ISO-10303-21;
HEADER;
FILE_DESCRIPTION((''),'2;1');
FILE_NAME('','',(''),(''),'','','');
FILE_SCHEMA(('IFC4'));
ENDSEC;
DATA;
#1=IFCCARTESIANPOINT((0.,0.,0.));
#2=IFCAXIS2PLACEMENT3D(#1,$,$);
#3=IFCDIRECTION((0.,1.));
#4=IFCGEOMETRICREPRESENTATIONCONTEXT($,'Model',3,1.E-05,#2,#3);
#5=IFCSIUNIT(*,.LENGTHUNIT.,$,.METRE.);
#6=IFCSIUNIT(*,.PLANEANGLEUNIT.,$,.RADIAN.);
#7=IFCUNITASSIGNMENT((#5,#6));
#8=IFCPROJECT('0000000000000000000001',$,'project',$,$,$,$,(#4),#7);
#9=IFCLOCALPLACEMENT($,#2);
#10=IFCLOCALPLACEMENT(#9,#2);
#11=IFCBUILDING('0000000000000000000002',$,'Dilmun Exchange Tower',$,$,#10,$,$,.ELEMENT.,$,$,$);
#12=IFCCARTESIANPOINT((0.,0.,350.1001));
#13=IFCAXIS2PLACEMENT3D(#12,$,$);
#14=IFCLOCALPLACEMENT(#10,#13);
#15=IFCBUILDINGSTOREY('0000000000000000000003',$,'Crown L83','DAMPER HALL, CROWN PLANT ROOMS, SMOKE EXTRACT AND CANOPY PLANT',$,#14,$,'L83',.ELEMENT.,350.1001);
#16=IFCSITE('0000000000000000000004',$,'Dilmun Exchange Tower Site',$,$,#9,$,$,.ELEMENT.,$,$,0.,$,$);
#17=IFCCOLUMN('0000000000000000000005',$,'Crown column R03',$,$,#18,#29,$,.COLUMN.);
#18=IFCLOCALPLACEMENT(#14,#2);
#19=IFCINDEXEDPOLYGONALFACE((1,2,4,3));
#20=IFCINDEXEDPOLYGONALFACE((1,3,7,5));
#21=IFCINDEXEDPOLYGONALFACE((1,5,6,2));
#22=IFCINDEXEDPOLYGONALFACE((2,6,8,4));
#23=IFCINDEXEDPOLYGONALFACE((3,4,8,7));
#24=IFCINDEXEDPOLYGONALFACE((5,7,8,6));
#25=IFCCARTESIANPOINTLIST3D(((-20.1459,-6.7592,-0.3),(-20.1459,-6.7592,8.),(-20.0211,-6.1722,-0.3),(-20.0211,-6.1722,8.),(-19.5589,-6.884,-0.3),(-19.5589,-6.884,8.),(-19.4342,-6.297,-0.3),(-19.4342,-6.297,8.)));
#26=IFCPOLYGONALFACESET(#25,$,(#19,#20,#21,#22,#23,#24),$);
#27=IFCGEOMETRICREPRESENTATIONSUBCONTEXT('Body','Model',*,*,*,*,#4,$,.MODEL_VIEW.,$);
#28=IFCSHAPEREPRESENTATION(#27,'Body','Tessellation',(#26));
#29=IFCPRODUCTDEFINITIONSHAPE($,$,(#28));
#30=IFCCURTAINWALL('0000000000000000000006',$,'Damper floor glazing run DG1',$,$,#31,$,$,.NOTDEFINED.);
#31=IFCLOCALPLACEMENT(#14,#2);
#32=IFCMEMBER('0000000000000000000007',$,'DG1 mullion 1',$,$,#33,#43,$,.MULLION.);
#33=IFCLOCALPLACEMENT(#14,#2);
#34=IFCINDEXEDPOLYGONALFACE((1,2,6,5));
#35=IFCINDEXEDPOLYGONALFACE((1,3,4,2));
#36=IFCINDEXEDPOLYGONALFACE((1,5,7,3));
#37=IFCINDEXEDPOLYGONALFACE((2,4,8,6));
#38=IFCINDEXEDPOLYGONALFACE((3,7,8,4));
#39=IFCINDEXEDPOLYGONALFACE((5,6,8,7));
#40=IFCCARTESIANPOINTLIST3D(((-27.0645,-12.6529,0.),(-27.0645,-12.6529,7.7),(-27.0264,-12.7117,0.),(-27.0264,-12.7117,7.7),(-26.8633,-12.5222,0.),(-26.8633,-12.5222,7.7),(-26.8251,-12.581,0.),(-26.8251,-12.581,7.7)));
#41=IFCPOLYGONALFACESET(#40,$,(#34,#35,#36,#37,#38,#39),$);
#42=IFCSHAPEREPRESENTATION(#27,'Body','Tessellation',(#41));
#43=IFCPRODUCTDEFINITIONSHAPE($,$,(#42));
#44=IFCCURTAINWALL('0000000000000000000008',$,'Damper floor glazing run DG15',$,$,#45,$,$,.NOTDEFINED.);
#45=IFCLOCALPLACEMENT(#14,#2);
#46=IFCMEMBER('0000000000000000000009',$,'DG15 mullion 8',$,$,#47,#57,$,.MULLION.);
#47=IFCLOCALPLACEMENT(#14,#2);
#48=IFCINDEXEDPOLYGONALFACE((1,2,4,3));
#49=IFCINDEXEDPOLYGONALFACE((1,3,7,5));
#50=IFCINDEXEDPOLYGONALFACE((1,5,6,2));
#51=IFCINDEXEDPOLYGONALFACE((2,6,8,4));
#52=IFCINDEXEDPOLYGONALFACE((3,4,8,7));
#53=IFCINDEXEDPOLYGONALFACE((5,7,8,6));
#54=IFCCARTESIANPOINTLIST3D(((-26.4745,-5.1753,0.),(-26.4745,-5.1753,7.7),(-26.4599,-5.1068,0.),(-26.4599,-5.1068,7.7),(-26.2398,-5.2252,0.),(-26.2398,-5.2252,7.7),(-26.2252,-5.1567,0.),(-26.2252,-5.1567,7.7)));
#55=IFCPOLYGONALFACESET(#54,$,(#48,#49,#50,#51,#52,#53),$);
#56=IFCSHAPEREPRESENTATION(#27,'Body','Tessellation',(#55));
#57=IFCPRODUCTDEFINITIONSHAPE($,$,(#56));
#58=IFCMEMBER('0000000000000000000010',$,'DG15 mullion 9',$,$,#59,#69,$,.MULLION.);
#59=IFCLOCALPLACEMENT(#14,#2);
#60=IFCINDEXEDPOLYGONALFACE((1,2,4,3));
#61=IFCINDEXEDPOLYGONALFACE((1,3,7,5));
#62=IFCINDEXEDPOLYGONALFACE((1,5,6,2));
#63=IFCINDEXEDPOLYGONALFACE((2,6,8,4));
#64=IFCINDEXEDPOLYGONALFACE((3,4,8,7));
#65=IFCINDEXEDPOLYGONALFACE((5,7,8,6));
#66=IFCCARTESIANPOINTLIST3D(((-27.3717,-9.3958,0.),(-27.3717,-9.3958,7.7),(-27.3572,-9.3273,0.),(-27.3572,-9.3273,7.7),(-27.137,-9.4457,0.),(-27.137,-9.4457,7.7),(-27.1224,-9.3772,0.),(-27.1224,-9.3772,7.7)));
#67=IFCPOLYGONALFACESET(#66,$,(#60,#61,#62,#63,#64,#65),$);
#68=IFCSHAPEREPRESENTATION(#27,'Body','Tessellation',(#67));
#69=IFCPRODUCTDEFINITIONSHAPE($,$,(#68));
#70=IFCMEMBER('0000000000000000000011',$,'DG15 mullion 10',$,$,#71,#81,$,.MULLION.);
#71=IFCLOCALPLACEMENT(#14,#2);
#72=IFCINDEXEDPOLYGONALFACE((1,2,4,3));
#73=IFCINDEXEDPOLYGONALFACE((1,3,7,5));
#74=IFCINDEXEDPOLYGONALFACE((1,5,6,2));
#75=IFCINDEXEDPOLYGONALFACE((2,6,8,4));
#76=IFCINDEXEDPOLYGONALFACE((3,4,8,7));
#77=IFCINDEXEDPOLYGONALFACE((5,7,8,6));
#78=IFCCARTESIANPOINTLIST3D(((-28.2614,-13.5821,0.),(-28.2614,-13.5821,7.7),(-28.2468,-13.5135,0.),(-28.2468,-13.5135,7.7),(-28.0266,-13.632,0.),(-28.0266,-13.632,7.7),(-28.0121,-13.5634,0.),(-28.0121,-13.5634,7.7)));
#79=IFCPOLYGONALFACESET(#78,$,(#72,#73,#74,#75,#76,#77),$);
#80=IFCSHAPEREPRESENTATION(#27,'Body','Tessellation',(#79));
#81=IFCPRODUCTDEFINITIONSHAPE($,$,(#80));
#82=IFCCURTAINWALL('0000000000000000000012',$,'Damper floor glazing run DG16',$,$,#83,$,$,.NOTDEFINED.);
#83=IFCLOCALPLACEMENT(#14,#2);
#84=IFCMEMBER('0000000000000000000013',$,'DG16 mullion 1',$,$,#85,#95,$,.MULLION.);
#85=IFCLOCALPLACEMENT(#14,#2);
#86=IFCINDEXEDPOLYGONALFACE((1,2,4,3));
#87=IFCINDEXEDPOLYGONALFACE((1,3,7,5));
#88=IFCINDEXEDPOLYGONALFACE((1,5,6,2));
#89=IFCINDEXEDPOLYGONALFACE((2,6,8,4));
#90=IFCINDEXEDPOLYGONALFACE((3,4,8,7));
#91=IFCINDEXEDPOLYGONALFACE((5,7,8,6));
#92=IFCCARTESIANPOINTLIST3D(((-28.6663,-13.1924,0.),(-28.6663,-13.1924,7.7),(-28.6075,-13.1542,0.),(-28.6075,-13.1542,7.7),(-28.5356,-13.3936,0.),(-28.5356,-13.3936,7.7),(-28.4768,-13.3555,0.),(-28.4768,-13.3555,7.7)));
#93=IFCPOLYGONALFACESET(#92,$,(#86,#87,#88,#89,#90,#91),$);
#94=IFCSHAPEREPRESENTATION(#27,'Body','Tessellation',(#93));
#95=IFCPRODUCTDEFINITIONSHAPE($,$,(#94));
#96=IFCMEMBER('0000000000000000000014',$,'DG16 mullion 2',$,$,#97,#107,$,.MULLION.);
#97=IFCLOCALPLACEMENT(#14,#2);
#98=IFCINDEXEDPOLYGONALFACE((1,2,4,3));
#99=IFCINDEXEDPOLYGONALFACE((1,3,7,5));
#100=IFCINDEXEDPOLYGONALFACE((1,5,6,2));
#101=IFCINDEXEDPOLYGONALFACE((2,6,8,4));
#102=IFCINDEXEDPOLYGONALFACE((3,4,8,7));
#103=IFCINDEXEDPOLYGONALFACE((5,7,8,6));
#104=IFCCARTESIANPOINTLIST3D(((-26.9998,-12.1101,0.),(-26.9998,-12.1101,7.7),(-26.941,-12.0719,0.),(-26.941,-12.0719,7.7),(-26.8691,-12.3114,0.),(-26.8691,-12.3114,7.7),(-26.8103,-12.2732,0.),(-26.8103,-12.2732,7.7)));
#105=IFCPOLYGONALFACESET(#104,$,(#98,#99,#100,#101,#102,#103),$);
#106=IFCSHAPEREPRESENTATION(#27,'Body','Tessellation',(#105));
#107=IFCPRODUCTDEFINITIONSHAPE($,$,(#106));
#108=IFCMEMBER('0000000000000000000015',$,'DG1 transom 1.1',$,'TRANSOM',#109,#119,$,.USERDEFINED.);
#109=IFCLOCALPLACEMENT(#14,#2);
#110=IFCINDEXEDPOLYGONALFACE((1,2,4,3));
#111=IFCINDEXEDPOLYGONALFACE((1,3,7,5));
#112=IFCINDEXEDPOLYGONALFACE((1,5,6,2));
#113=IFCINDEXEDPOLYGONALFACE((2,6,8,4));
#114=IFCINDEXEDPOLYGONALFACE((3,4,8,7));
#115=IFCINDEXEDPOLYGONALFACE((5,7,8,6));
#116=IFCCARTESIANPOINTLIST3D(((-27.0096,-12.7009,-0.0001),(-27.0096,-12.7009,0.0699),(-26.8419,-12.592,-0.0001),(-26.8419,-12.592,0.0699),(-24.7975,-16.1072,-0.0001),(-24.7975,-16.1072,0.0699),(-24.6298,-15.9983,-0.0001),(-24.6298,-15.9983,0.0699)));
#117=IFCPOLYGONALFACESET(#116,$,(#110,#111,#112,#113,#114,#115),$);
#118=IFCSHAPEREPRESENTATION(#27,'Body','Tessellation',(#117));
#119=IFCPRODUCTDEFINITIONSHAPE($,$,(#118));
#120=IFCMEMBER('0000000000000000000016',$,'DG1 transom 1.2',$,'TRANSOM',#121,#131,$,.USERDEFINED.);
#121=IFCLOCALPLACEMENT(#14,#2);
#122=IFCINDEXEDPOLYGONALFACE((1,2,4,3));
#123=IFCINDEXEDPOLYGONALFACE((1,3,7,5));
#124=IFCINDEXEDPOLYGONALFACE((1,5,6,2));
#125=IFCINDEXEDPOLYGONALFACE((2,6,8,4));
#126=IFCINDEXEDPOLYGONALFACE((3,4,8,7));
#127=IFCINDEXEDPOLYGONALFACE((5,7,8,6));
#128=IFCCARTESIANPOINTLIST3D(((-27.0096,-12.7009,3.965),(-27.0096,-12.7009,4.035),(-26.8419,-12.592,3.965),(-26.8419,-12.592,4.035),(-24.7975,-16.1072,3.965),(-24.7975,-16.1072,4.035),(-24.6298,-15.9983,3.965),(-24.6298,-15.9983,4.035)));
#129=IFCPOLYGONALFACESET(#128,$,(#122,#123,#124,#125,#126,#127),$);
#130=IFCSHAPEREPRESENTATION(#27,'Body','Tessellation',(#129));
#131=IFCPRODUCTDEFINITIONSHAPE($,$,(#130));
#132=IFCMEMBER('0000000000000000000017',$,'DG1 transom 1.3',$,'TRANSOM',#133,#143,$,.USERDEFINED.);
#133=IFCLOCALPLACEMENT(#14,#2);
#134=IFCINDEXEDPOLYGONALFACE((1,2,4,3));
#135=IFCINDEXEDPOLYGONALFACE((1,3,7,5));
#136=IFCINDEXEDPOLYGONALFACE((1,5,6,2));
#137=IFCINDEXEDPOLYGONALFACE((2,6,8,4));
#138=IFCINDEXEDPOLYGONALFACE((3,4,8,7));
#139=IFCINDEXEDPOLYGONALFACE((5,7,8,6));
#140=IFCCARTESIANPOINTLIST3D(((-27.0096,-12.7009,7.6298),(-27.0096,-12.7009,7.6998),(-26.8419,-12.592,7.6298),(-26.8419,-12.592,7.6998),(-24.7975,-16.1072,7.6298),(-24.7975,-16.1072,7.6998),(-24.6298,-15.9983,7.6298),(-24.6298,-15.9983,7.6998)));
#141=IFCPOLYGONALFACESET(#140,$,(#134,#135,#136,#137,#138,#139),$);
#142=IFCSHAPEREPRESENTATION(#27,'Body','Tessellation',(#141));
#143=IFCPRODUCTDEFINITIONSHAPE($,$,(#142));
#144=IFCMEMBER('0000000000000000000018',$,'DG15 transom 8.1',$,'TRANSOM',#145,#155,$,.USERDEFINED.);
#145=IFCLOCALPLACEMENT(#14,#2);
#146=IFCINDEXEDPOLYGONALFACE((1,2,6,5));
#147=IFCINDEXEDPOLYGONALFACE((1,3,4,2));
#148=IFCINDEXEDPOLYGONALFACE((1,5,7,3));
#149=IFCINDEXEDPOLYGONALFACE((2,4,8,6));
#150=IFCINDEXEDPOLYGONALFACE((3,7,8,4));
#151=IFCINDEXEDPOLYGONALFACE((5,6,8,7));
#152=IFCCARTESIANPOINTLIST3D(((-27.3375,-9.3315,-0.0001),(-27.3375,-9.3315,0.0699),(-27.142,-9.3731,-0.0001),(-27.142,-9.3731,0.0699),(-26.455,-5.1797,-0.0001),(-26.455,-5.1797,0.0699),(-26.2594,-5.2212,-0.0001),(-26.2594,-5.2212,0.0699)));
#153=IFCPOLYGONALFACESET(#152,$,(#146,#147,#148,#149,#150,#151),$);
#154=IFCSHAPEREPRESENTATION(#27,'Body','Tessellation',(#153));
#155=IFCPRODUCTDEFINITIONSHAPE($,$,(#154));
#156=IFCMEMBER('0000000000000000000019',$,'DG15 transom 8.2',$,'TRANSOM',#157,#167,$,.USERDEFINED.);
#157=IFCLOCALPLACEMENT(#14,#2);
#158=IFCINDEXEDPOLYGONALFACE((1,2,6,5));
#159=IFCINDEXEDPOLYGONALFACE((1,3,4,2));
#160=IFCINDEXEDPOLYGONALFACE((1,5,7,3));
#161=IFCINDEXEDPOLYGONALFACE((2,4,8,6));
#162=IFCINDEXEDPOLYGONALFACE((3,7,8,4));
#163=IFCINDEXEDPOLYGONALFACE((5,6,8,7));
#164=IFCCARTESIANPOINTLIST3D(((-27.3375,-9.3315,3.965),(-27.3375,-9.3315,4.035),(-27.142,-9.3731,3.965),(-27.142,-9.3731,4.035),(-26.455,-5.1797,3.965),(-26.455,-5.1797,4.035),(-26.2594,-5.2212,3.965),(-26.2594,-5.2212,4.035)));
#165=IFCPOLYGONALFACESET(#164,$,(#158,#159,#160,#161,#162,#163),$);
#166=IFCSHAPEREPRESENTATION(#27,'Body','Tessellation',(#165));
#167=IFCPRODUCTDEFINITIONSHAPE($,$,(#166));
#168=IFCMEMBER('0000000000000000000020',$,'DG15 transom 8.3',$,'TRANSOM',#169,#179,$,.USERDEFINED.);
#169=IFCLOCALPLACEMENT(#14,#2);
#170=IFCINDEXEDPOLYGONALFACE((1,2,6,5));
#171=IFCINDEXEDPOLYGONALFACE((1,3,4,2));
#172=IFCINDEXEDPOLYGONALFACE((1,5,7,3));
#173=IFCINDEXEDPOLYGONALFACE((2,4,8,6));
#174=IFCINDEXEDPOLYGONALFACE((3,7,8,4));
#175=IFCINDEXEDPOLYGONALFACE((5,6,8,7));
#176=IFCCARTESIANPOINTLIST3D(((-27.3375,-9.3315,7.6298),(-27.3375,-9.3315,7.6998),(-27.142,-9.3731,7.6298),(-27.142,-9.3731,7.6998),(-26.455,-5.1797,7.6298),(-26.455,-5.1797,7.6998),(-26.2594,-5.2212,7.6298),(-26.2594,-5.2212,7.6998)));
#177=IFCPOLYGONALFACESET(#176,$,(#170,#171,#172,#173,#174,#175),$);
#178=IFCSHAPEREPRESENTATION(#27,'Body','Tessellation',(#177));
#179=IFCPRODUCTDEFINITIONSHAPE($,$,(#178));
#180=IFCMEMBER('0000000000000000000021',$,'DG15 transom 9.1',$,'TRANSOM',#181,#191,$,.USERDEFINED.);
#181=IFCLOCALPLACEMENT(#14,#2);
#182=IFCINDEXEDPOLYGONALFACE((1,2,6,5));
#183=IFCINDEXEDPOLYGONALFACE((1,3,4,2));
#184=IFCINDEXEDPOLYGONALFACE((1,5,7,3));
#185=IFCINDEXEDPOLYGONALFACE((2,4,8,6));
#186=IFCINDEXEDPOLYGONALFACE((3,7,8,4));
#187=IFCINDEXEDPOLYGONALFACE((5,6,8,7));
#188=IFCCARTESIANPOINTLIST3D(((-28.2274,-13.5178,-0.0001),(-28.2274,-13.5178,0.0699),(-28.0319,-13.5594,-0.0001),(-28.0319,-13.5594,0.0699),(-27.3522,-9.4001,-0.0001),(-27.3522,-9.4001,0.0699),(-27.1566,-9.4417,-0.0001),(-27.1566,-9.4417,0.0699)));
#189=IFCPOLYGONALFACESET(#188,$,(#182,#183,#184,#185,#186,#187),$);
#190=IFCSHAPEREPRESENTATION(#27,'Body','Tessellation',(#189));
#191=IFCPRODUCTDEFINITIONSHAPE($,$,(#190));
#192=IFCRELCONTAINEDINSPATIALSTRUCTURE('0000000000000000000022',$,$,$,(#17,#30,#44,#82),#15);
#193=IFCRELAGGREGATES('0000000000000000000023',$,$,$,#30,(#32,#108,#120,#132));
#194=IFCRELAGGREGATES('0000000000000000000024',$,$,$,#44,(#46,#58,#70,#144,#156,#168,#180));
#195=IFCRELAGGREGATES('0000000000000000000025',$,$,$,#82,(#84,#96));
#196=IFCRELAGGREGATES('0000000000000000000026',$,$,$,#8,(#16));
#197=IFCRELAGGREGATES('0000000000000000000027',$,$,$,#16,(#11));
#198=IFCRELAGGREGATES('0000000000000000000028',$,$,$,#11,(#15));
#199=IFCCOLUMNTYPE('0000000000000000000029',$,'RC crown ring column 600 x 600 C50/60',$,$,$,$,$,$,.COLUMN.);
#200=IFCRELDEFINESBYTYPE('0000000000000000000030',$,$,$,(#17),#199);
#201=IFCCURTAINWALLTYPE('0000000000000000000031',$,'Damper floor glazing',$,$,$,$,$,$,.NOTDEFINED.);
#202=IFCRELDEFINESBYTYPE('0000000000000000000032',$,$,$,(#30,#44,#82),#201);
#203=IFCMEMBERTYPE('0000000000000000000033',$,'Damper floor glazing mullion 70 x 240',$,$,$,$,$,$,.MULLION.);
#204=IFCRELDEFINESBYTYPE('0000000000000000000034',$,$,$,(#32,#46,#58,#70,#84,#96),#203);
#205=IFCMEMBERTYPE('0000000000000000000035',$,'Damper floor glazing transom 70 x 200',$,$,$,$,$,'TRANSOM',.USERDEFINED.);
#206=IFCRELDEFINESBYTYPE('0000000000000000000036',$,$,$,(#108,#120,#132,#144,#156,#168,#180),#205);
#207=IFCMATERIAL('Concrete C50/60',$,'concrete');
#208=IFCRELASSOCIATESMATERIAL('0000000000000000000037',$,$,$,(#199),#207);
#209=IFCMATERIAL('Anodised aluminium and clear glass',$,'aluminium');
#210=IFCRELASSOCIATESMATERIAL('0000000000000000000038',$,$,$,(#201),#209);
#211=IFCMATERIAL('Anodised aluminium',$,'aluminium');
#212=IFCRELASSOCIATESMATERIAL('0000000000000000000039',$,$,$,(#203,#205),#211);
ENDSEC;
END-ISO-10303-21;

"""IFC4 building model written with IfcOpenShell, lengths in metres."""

from ifc_helpers import new_model, si_unit, direction, frame, origin, origin_2d, place, context, subcontext, project, spatial, rectangle, extrude, material, material_profile, profile_set, type_object, element, aggregate, save


model = new_model("IFC4")

# Units and contexts
model_context = context("Model", 3, precision=1e-05, world=origin(), true_north=direction((0.0, 1.0)))
body_context = subcontext(model_context, "Body", "Model", "MODEL_VIEW")
ifc_project = project(units=[si_unit("LENGTHUNIT", "METRE"), si_unit("PLANEANGLEUNIT", "RADIAN")], contexts=[model_context])

# Site, building, storey
site_placement = place(None, origin())
site = spatial("IfcSite", under=ifc_project, at=site_placement, Name="Dilmun Exchange Tower Site", CompositionType="ELEMENT", RefElevation=0.0)
building_placement = place(site_placement, origin())
building = spatial("IfcBuilding", under=site, at=building_placement, Name="Dilmun Exchange Tower", CompositionType="ELEMENT")
storey_placement = place(building_placement, frame((0.0, 0.0, 350.1001)))
storey = spatial("IfcBuildingStorey", under=building, at=storey_placement, Name="Crown L83", Description="DAMPER HALL, CROWN PLANT ROOMS, SMOKE EXTRACT AND CANOPY PLANT", LongName="L83", CompositionType="ELEMENT", Elevation=350.1001)

# Column
ifc_material_1 = material(Name="Concrete C50/60", Category="concrete")
ifc_material_profile_1 = material_profile(ifc_material_1, rectangle(XDim=0.6001, YDim=0.6001, at=origin_2d()), Name="600 x 600")
ifc_profile_set_1 = profile_set([ifc_material_profile_1], Name="Concrete C50/60")
column_type = type_object("IfcColumnType", Name="RC crown ring column 600 x 600 C50/60", PredefinedType="COLUMN", material=ifc_profile_set_1)
column_placement = place(storey_placement, frame((-19.79, -6.5281, -0.3), z_axis=(0.0, 0.0, 1.0), x_axis=(0.207912, 0.978148, 0.0)))
element("IfcColumn", 1, at=column_placement, inside=storey, type_object=column_type, Name="Crown column R03", PredefinedType="COLUMN", context=body_context, shape_type="SweptSolid", body=[
    extrude(rectangle(XDim=0.6001, YDim=0.6001, at=origin_2d()), origin(), (0.0, 0.0, 1.0), 8.3),
])

# Curtain wall, member
ifc_material_2 = material(Name="Anodised aluminium and clear glass", Category="aluminium")
curtain_wall_type = type_object("IfcCurtainWallType", Name="Damper floor glazing", PredefinedType="NOTDEFINED", material=ifc_material_2)
curtain_wall_1_placement = place(storey_placement, origin())
curtain_wall_1 = element("IfcCurtainWall", 2, at=curtain_wall_1_placement, inside=storey, type_object=curtain_wall_type, Name="Damper floor glazing run DG1", PredefinedType="NOTDEFINED")
ifc_material_3 = material(Name="Anodised aluminium", Category="aluminium")
ifc_material_profile_2 = material_profile(ifc_material_3, rectangle(XDim=0.24, YDim=0.0701, at=origin_2d()), Name="AL 70x240")
ifc_profile_set_2 = profile_set([ifc_material_profile_2], Name="Anodised aluminium")
member_type_1 = type_object("IfcMemberType", Name="Damper floor glazing mullion 70 x 240", PredefinedType="MULLION", material=ifc_profile_set_2)
member_1_placement = place(storey_placement, frame((-26.9448, -12.6169, 0.0), z_axis=(0.0, 0.0, 1.0), x_axis=(0.838668, 0.544643, 0.0)))
member_1 = element("IfcMember", 3, at=member_1_placement, type_object=member_type_1, Name="DG1 mullion 1", PredefinedType="MULLION", context=body_context, shape_type="SweptSolid", body=[
    extrude(rectangle(XDim=0.24, YDim=0.0701, at=origin_2d()), origin(), (0.0, 0.0, 1.0), 7.7),
])

# Curtain walls, members
curtain_wall_2_placement = place(storey_placement, origin())
curtain_wall_2 = element("IfcCurtainWall", 4, at=curtain_wall_2_placement, inside=storey, type_object=curtain_wall_type, Name="Damper floor glazing run DG15", PredefinedType="NOTDEFINED")
member_2_placement = place(storey_placement, frame((-26.3499, -5.166, 0.0), z_axis=(0.0, 0.0, 1.0), x_axis=(0.978147, -0.207912, 0.0)))
member_2 = element("IfcMember", 5, at=member_2_placement, type_object=member_type_1, Name="DG15 mullion 8", PredefinedType="MULLION", context=body_context, shape_type="SweptSolid", body=[
    extrude(rectangle(XDim=0.24, YDim=0.0701, at=origin_2d()), origin(), (0.0, 0.0, 1.0), 7.7),
])
member_3_placement = place(storey_placement, frame((-27.2471, -9.3865, 0.0), z_axis=(0.0, 0.0, 1.0), x_axis=(0.978147, -0.207912, 0.0)))
member_3 = element("IfcMember", 6, at=member_3_placement, type_object=member_type_1, Name="DG15 mullion 9", PredefinedType="MULLION", context=body_context, shape_type="SweptSolid", body=[
    extrude(rectangle(XDim=0.24, YDim=0.0701, at=origin_2d()), origin(), (0.0, 0.0, 1.0), 7.7),
])
member_4_placement = place(storey_placement, frame((-28.1367, -13.5728, 0.0), z_axis=(0.0, 0.0, 1.0), x_axis=(0.978147, -0.207912, 0.0)))
member_4 = element("IfcMember", 7, at=member_4_placement, type_object=member_type_1, Name="DG15 mullion 10", PredefinedType="MULLION", context=body_context, shape_type="SweptSolid", body=[
    extrude(rectangle(XDim=0.24, YDim=0.0701, at=origin_2d()), origin(), (0.0, 0.0, 1.0), 7.7),
])
curtain_wall_3_placement = place(storey_placement, origin())
curtain_wall_3 = element("IfcCurtainWall", 8, at=curtain_wall_3_placement, inside=storey, type_object=curtain_wall_type, Name="Damper floor glazing run DG16", PredefinedType="NOTDEFINED")
member_5_placement = place(storey_placement, frame((-28.5715, -13.2739, 0.0), z_axis=(0.0, 0.0, 1.0), x_axis=(-0.544653, 0.838661, 0.0)))
member_5 = element("IfcMember", 9, at=member_5_placement, type_object=member_type_1, Name="DG16 mullion 1", PredefinedType="MULLION", context=body_context, shape_type="SweptSolid", body=[
    extrude(rectangle(XDim=0.24, YDim=0.0701, at=origin_2d()), origin(), (0.0, 0.0, 1.0), 7.7),
])
member_6_placement = place(storey_placement, frame((-26.905, -12.1917, 0.0), z_axis=(0.0, 0.0, 1.0), x_axis=(-0.544653, 0.838661, 0.0)))
member_6 = element("IfcMember", 10, at=member_6_placement, type_object=member_type_1, Name="DG16 mullion 2", PredefinedType="MULLION", context=body_context, shape_type="SweptSolid", body=[
    extrude(rectangle(XDim=0.24, YDim=0.0701, at=origin_2d()), origin(), (0.0, 0.0, 1.0), 7.7),
])

# Members
ifc_material_profile_3 = material_profile(ifc_material_3, rectangle(XDim=0.2, YDim=0.0701, at=origin_2d()), Name="AL 70x200")
ifc_profile_set_3 = profile_set([ifc_material_profile_3], Name="Anodised aluminium")
member_type_2 = type_object("IfcMemberType", Name="Damper floor glazing transom 70 x 200", ElementType="TRANSOM", PredefinedType="USERDEFINED", material=ifc_profile_set_3)
member_7_placement = place(storey_placement, frame((-26.9258, -12.6465, 0.0349), z_axis=(0.544659, -0.838658, 0.0), x_axis=(0.838658, 0.544659, 0.0)))
member_7 = element("IfcMember", 11, at=member_7_placement, type_object=member_type_2, Name="DG1 transom 1.1", ObjectType="TRANSOM", PredefinedType="USERDEFINED", context=body_context, shape_type="SweptSolid", body=[
    extrude(rectangle(XDim=0.2, YDim=0.0701, at=origin_2d()), origin(), (0.0, 0.0, 1.0), 4.0615),
])
member_8_placement = place(storey_placement, frame((-26.9258, -12.6465, 4.0), z_axis=(0.544659, -0.838658, 0.0), x_axis=(0.838658, 0.544659, 0.0)))
member_8 = element("IfcMember", 12, at=member_8_placement, type_object=member_type_2, Name="DG1 transom 1.2", ObjectType="TRANSOM", PredefinedType="USERDEFINED", context=body_context, shape_type="SweptSolid", body=[
    extrude(rectangle(XDim=0.2, YDim=0.0701, at=origin_2d()), origin(), (0.0, 0.0, 1.0), 4.0615),
])
member_9_placement = place(storey_placement, frame((-26.9258, -12.6465, 7.6648), z_axis=(0.544659, -0.838658, 0.0), x_axis=(0.838658, 0.544659, 0.0)))
member_9 = element("IfcMember", 13, at=member_9_placement, type_object=member_type_2, Name="DG1 transom 1.3", ObjectType="TRANSOM", PredefinedType="USERDEFINED", context=body_context, shape_type="SweptSolid", body=[
    extrude(rectangle(XDim=0.2, YDim=0.0701, at=origin_2d()), origin(), (0.0, 0.0, 1.0), 4.0615),
])
aggregate(curtain_wall_1, [member_1, member_7, member_8, member_9])
member_10_placement = place(storey_placement, frame((-26.3572, -5.2004, 0.0349), z_axis=(-0.207926, -0.978145, 0.0), x_axis=(0.978145, -0.207926, 0.0)))
member_10 = element("IfcMember", 14, at=member_10_placement, type_object=member_type_2, Name="DG15 transom 8.1", ObjectType="TRANSOM", PredefinedType="USERDEFINED", context=body_context, shape_type="SweptSolid", body=[
    extrude(rectangle(XDim=0.2, YDim=0.0701, at=origin_2d()), origin(), (0.0, 0.0, 1.0), 4.2446),
])
member_11_placement = place(storey_placement, frame((-26.3572, -5.2004, 4.0), z_axis=(-0.207926, -0.978145, 0.0), x_axis=(0.978145, -0.207926, 0.0)))
member_11 = element("IfcMember", 15, at=member_11_placement, type_object=member_type_2, Name="DG15 transom 8.2", ObjectType="TRANSOM", PredefinedType="USERDEFINED", context=body_context, shape_type="SweptSolid", body=[
    extrude(rectangle(XDim=0.2, YDim=0.0701, at=origin_2d()), origin(), (0.0, 0.0, 1.0), 4.2446),
])
member_12_placement = place(storey_placement, frame((-26.3572, -5.2004, 7.6648), z_axis=(-0.207926, -0.978145, 0.0), x_axis=(0.978145, -0.207926, 0.0)))
member_12 = element("IfcMember", 16, at=member_12_placement, type_object=member_type_2, Name="DG15 transom 8.3", ObjectType="TRANSOM", PredefinedType="USERDEFINED", context=body_context, shape_type="SweptSolid", body=[
    extrude(rectangle(XDim=0.2, YDim=0.0701, at=origin_2d()), origin(), (0.0, 0.0, 1.0), 4.2446),
])
member_13_placement = place(storey_placement, frame((-27.2544, -9.4209, 0.0349), z_axis=(-0.207913, -0.978147, 0.0), x_axis=(0.978147, -0.207913, 0.0)))
member_13 = element("IfcMember", 17, at=member_13_placement, type_object=member_type_2, Name="DG15 transom 9.1", ObjectType="TRANSOM", PredefinedType="USERDEFINED", context=body_context, shape_type="SweptSolid", body=[
    extrude(rectangle(XDim=0.2, YDim=0.0701, at=origin_2d()), origin(), (0.0, 0.0, 1.0), 4.2097),
])

aggregate(curtain_wall_2, [member_2, member_3, member_4, member_10, member_11, member_12, member_13])
aggregate(curtain_wall_3, [member_5, member_6])

save(model, "model.ifc")
